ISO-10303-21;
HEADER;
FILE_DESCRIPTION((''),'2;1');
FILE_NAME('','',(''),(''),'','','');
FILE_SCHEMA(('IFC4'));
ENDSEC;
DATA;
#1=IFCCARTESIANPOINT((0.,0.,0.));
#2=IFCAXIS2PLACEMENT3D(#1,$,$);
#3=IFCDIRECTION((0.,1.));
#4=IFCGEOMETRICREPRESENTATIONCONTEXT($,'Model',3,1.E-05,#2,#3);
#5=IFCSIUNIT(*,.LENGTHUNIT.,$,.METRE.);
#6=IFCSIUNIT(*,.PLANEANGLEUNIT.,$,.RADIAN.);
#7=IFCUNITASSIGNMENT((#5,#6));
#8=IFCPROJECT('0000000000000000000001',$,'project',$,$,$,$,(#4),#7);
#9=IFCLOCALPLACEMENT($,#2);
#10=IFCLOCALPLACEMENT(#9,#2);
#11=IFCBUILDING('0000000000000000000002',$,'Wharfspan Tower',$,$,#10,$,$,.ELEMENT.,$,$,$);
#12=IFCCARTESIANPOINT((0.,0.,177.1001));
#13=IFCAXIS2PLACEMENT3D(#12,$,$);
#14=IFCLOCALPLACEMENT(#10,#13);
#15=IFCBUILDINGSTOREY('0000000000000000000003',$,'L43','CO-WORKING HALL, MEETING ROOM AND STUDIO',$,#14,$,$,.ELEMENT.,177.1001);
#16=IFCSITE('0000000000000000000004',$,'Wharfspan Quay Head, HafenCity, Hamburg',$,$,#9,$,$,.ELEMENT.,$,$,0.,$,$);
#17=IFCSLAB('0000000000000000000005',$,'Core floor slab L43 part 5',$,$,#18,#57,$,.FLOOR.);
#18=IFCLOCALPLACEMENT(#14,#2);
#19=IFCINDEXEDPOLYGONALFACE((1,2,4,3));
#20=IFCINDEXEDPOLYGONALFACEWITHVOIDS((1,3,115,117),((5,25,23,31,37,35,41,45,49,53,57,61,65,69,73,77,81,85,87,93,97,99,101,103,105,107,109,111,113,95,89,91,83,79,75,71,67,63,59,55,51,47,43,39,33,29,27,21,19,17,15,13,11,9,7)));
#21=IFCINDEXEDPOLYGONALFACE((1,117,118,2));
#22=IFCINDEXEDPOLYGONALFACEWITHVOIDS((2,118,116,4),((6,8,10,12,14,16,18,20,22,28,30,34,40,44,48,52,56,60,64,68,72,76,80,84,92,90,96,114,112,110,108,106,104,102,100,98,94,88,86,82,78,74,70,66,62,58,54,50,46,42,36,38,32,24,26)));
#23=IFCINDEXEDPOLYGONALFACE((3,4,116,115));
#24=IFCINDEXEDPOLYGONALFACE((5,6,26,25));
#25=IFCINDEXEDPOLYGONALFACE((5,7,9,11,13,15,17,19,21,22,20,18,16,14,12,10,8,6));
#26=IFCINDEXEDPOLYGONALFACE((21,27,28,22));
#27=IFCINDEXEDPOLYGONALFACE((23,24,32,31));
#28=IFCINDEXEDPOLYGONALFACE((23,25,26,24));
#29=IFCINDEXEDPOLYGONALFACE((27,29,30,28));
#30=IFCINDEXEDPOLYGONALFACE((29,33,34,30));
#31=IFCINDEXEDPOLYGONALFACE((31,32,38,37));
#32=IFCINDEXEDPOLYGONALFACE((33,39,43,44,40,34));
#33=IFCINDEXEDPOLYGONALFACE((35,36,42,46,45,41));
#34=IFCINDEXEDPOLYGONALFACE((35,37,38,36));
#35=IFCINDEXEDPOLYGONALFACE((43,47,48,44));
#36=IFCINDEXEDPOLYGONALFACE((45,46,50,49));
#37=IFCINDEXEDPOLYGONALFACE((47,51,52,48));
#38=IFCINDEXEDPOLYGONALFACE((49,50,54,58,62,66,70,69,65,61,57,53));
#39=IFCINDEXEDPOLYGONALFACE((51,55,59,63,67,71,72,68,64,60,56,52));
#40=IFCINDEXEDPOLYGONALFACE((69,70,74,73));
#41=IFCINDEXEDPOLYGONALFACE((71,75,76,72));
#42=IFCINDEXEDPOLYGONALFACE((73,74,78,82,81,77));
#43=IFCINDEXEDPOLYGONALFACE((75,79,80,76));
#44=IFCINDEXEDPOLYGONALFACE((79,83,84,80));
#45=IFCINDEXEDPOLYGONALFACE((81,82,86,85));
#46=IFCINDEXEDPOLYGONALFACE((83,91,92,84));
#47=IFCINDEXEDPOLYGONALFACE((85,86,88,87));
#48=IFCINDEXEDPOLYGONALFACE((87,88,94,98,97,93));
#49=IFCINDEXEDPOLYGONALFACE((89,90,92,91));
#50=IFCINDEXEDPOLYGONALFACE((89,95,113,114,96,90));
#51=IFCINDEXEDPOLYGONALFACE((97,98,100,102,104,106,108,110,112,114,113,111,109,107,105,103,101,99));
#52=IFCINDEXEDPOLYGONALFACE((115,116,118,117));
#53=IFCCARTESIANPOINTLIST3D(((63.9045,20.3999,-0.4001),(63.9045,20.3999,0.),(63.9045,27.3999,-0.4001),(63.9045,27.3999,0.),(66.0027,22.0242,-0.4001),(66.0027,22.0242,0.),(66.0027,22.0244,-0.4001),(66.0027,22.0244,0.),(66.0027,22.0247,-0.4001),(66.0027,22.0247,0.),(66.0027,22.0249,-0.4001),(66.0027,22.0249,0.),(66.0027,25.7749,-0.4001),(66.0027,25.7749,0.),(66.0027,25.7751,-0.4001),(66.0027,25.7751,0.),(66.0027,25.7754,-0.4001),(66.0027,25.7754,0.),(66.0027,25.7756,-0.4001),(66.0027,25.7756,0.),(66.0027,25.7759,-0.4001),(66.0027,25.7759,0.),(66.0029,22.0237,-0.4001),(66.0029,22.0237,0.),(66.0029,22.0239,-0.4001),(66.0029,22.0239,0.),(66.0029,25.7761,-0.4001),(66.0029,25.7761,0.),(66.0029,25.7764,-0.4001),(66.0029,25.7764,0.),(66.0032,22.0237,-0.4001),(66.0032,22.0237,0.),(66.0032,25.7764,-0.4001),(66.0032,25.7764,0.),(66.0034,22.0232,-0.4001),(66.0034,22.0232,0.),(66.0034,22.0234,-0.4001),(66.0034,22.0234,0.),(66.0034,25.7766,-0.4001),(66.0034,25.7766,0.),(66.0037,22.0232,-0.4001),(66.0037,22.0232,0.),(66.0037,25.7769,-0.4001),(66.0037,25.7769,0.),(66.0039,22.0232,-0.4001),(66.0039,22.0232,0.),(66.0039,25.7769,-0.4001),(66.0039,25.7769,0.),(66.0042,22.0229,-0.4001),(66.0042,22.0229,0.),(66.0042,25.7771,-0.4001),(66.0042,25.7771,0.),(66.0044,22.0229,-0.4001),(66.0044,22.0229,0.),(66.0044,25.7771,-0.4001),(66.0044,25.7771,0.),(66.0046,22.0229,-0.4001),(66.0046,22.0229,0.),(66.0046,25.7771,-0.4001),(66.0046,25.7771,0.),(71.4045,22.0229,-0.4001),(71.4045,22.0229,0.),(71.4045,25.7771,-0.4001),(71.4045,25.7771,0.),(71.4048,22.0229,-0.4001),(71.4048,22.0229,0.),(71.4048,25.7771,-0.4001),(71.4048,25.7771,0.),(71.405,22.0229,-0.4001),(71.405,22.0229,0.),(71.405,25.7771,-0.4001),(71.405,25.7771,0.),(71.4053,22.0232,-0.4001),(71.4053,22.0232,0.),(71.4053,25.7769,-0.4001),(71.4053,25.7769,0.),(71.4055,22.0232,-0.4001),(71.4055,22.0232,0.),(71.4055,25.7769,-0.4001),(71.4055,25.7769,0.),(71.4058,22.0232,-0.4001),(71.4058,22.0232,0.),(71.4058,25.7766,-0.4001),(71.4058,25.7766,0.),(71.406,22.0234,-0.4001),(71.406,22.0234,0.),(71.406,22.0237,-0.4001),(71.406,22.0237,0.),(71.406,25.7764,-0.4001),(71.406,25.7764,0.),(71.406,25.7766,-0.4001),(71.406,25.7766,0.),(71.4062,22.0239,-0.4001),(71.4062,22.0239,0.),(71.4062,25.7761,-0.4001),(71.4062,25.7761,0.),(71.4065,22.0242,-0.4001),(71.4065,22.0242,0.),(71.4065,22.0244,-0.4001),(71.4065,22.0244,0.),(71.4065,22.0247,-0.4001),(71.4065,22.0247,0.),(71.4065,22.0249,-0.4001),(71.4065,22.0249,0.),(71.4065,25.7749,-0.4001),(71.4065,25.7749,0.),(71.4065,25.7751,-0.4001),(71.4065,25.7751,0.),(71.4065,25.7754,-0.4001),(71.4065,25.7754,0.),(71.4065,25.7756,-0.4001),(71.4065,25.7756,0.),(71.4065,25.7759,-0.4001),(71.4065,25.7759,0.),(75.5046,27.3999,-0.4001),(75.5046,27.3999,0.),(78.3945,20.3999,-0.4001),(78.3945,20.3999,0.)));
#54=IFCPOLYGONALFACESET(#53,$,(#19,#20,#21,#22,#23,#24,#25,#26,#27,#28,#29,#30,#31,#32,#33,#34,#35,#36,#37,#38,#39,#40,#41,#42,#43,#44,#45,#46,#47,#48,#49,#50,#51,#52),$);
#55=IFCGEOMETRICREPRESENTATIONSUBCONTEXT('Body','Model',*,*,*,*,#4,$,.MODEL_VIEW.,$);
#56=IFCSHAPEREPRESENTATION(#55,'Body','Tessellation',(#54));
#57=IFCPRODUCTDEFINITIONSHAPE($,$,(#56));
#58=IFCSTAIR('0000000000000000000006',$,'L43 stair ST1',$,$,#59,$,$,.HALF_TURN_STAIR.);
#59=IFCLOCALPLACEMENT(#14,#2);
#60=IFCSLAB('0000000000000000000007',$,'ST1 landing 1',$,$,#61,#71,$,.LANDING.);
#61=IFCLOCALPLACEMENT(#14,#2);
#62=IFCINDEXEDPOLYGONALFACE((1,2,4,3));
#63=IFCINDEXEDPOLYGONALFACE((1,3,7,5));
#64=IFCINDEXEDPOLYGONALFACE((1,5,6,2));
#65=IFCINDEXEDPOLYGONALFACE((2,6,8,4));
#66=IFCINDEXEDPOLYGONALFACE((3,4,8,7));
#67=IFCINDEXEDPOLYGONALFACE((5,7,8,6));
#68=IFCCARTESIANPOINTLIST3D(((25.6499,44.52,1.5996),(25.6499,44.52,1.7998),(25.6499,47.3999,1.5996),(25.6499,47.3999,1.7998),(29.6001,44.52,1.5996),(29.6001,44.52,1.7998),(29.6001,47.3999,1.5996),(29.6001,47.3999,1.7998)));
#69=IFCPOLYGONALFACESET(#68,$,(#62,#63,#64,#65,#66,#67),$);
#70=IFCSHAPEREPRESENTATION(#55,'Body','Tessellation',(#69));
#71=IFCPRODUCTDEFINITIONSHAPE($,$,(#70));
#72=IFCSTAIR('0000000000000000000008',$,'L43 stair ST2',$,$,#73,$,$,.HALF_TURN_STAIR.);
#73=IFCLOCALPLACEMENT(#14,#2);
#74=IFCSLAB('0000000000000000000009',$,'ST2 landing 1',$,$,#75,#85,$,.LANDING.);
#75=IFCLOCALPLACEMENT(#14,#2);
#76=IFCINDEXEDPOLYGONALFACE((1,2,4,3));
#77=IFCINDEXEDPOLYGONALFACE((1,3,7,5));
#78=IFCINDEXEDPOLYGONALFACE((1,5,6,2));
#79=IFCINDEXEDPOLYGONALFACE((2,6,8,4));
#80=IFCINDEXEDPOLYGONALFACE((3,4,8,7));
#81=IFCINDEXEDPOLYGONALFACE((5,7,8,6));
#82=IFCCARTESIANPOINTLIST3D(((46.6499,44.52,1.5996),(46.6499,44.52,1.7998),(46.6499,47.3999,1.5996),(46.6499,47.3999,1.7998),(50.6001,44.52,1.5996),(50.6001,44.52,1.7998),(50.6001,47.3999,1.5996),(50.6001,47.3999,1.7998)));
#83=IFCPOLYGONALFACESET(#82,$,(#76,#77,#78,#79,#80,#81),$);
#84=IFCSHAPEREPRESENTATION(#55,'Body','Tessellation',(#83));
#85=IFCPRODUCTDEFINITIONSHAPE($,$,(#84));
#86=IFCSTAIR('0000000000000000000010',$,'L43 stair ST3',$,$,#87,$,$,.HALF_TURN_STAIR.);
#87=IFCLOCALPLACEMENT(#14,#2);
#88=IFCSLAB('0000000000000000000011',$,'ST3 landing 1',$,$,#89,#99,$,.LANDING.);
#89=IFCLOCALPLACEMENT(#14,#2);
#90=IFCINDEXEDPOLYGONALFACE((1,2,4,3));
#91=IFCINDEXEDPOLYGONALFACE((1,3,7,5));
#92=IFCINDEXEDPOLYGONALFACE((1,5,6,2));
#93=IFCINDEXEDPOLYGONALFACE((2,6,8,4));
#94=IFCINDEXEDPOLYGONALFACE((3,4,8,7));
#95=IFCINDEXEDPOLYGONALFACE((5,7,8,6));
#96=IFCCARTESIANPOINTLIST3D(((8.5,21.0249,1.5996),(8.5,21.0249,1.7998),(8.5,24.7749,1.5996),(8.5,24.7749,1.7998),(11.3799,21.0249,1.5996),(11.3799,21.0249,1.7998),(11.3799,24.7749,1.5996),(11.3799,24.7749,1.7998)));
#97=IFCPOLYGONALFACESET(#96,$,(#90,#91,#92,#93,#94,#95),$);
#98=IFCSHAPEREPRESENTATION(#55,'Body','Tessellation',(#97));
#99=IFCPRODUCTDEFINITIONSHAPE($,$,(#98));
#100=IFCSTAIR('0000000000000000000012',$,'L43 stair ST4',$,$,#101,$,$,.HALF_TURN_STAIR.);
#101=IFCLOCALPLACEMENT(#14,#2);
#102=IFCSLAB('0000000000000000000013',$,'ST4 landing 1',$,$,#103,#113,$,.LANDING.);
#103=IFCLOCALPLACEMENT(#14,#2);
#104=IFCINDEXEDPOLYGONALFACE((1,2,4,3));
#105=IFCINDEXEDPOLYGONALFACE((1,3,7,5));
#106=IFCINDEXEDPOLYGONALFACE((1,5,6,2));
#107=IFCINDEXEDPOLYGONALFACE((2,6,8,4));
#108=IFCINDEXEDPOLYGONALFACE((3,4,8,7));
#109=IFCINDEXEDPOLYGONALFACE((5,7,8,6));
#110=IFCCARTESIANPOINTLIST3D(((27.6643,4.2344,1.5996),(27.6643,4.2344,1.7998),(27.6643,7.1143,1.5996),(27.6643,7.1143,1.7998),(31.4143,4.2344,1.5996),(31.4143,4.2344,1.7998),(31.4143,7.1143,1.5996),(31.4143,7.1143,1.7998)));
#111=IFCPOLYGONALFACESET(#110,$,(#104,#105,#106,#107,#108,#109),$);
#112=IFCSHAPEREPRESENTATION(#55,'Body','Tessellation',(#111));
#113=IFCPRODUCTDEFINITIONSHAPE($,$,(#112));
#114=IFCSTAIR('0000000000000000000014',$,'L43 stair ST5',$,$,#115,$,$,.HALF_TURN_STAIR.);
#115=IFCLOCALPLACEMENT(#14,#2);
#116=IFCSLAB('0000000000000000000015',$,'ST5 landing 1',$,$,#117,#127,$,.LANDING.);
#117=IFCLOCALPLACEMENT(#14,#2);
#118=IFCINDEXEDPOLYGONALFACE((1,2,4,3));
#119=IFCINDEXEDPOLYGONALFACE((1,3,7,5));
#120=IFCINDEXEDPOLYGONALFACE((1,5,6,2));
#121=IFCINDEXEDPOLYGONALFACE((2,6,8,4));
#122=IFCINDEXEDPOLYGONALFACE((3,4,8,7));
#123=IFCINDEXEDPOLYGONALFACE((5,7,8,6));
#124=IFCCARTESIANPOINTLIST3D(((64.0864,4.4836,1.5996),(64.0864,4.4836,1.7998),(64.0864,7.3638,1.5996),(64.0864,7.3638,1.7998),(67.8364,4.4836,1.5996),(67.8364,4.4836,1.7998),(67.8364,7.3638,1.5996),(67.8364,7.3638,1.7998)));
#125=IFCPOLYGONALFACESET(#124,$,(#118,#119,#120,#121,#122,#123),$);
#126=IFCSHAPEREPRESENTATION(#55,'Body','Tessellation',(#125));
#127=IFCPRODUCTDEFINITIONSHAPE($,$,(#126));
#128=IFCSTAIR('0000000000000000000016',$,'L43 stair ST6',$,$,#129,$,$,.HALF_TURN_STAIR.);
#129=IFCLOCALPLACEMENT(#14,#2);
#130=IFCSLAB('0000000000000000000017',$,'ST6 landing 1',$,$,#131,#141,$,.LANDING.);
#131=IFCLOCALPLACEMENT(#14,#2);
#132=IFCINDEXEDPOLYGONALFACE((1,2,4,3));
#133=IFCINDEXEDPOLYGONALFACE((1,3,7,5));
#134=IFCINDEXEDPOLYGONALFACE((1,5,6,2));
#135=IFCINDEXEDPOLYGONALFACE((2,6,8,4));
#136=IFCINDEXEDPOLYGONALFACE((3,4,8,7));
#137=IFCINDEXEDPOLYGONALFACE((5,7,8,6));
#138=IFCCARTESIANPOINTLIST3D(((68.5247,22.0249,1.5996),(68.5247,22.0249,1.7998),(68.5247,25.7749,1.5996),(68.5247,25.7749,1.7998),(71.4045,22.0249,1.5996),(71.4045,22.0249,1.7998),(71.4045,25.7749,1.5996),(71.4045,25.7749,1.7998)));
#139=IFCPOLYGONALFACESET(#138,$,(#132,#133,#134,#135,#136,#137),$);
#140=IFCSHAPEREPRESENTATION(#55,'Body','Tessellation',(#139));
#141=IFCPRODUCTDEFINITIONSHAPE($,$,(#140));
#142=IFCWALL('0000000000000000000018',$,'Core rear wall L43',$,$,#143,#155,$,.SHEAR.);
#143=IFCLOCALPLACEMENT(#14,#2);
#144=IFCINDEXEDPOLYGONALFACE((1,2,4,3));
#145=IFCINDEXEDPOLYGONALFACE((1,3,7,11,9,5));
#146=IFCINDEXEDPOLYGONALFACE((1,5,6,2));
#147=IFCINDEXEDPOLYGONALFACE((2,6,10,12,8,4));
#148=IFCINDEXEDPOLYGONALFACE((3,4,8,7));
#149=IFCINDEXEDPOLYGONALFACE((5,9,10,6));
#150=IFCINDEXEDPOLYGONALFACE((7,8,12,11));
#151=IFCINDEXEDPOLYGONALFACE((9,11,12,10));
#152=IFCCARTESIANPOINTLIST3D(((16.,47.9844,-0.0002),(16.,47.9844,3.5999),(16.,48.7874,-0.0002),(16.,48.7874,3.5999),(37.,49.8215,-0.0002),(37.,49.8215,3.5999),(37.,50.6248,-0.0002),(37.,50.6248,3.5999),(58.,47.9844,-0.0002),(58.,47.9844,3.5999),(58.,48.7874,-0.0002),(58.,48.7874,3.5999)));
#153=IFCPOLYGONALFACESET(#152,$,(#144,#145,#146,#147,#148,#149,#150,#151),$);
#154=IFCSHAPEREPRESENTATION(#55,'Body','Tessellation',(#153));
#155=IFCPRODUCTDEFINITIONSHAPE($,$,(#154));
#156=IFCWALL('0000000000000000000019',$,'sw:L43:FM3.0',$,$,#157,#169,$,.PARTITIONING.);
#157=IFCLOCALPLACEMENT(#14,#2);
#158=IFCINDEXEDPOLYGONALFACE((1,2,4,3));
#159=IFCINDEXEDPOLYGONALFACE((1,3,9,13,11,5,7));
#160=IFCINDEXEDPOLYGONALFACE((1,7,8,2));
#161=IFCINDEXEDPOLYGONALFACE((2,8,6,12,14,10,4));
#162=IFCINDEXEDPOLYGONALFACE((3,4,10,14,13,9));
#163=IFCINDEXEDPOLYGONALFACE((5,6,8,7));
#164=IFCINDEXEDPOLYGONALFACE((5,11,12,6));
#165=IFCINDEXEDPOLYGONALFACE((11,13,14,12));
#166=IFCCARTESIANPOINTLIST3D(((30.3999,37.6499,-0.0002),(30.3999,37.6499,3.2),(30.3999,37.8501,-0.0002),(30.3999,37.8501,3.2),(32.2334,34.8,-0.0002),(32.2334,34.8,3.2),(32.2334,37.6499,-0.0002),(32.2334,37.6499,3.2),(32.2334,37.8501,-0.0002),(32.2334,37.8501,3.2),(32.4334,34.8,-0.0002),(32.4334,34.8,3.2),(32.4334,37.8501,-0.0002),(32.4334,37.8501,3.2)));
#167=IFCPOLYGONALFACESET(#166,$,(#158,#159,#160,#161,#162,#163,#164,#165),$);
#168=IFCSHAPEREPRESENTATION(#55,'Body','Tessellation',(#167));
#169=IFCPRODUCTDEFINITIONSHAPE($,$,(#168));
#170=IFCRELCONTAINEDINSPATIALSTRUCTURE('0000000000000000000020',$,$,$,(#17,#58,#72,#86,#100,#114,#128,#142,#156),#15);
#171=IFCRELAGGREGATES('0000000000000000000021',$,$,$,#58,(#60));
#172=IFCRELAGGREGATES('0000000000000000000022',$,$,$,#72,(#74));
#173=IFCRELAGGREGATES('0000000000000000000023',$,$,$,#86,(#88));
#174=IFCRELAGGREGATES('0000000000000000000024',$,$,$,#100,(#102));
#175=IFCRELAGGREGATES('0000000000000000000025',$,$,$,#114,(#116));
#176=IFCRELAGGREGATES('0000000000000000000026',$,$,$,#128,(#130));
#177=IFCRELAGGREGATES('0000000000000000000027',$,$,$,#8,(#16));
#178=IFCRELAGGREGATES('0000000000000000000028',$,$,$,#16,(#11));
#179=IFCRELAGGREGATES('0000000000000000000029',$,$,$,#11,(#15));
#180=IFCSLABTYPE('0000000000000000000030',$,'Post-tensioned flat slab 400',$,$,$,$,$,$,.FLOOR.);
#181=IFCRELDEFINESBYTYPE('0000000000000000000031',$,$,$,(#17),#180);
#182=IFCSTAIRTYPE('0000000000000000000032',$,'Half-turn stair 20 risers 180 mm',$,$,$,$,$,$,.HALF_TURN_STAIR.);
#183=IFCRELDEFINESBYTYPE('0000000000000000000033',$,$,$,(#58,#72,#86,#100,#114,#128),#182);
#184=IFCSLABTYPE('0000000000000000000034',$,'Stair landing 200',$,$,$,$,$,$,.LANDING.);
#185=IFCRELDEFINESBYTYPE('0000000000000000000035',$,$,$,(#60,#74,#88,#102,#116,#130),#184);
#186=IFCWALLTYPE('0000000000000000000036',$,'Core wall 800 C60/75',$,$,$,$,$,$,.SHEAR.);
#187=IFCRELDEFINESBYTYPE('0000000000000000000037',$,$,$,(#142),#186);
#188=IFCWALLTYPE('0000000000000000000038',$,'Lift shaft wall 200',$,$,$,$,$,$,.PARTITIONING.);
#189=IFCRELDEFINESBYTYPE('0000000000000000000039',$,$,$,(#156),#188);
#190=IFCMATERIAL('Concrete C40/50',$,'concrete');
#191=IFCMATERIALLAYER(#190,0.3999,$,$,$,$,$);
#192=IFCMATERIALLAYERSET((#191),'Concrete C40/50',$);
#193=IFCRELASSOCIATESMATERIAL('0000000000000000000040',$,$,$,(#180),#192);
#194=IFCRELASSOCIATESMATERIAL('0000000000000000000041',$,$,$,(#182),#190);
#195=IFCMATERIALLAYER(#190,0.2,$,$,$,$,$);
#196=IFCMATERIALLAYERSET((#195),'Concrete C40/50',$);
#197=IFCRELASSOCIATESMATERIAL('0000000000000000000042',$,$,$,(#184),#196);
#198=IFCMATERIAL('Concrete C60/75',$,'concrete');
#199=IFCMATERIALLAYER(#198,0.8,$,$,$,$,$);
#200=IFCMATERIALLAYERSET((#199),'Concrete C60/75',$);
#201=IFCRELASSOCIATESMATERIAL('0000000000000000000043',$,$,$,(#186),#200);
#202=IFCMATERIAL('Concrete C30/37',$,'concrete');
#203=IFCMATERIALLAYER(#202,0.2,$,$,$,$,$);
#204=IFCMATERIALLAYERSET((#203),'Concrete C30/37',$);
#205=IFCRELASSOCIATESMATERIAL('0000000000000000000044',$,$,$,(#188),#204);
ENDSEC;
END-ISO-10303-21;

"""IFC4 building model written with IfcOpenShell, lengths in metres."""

from ifc_helpers import new_model, si_unit, direction, frame, origin, place, context, subcontext, project, spatial, polyline, outline, extrude, material, layer, layer_set, type_object, element, aggregate, save


model = new_model("IFC4")

# Units and contexts
model_context = context("Model", 3, precision=1e-05, world=origin(), true_north=direction((0.0, 1.0)))
body_context = subcontext(model_context, "Body", "Model", "MODEL_VIEW")
ifc_project = project(units=[si_unit("LENGTHUNIT", "METRE"), si_unit("PLANEANGLEUNIT", "RADIAN")], contexts=[model_context])

# Site, building, storey
site_placement = place(None, origin())
site = spatial("IfcSite", under=ifc_project, at=site_placement, Name="Wharfspan Quay Head, HafenCity, Hamburg", CompositionType="ELEMENT", RefElevation=0.0)
building_placement = place(site_placement, origin())
building = spatial("IfcBuilding", under=site, at=building_placement, Name="Wharfspan Tower", CompositionType="ELEMENT")
storey_placement = place(building_placement, frame((0.0, 0.0, 177.1001)))
storey = spatial("IfcBuildingStorey", under=building, at=storey_placement, Name="L43", Description="CO-WORKING HALL, MEETING ROOM AND STUDIO", CompositionType="ELEMENT", Elevation=177.1001)

# Slab
ifc_material_1 = material(Name="Concrete C40/50", Category="concrete")
ifc_layer_1 = layer(ifc_material_1, 0.3999)
ifc_layer_set_1 = layer_set([ifc_layer_1], Name="Concrete C40/50")
slab_type_1 = type_object("IfcSlabType", Name="Post-tensioned flat slab 400", PredefinedType="FLOOR", material=ifc_layer_set_1)
slab_1_placement = place(storey_placement, frame((0.0, 0.0, -0.4001)))
element("IfcSlab", 1, at=slab_1_placement, inside=storey, type_object=slab_type_1, Name="Core floor slab L43 part 5", PredefinedType="FLOOR", context=body_context, shape_type="SweptSolid", body=[
    extrude(outline(polyline([(78.3945, 20.3999), (75.5046, 27.3999), (63.9045, 27.3999), (63.9045, 20.3999), (78.3945, 20.3999)]), holes=[polyline([(66.0046, 22.0229), (66.0044, 22.0229), (66.0041, 22.0229), (66.0039, 22.0232), (66.0039, 22.0232), (66.0037, 22.0232), (66.0034, 22.0232), (66.0034, 22.0234), (66.0032, 22.0237), (66.0029, 22.0237), (66.0029, 22.0239), (66.0027, 22.0242), (66.0027, 22.0242), (66.0027, 22.0244), (66.0027, 22.0247), (66.0027, 22.0249), (66.0027, 22.0249), (66.0027, 25.7749), (66.0027, 25.7751), (66.0027, 25.7754), (66.0027, 25.7756), (66.0027, 25.7759), (66.0027, 25.7759), (66.0029, 25.7761), (66.0029, 25.7764), (66.0032, 25.7764), (66.0034, 25.7766), (66.0034, 25.7766), (66.0037, 25.7769), (66.0039, 25.7769), (66.0039, 25.7769), (66.0041, 25.7771), (66.0044, 25.7771), (66.0046, 25.7771), (71.4045, 25.7771), (71.4048, 25.7771), (71.405, 25.7771), (71.4053, 25.7769), (71.4055, 25.7769), (71.4055, 25.7769), (71.4058, 25.7766), (71.406, 25.7766), (71.406, 25.7764), (71.406, 25.7764), (71.4062, 25.7761), (71.4065, 25.7759), (71.4065, 25.7759), (71.4065, 25.7756), (71.4065, 25.7754), (71.4065, 25.7751), (71.4065, 25.7749), (71.4065, 22.0249), (71.4065, 22.0249), (71.4065, 22.0247), (71.4065, 22.0244), (71.4065, 22.0242), (71.4065, 22.0242), (71.4062, 22.0239), (71.406, 22.0237), (71.406, 22.0237), (71.406, 22.0234), (71.4058, 22.0232), (71.4055, 22.0232), (71.4055, 22.0232), (71.4053, 22.0232), (71.405, 22.0229), (71.4048, 22.0229), (71.4045, 22.0229), (66.0046, 22.0229)])]), origin(), (0.0, 0.0, 1.0), 0.4001),
])

# Stairs, slabs
stair_type = type_object("IfcStairType", Name="Half-turn stair 20 risers 180 mm", PredefinedType="HALF_TURN_STAIR", material=ifc_material_1)
stair_1_placement = place(storey_placement, origin())
stair_1 = element("IfcStair", 2, at=stair_1_placement, inside=storey, type_object=stair_type, Name="L43 stair ST1", PredefinedType="HALF_TURN_STAIR")
ifc_layer_2 = layer(ifc_material_1, 0.2)
ifc_layer_set_2 = layer_set([ifc_layer_2], Name="Concrete C40/50")
slab_type_2 = type_object("IfcSlabType", Name="Stair landing 200", PredefinedType="LANDING", material=ifc_layer_set_2)
slab_2_placement = place(storey_placement, frame((0.0, 0.0, 1.5996)))
slab_2 = element("IfcSlab", 3, at=slab_2_placement, type_object=slab_type_2, Name="ST1 landing 1", PredefinedType="LANDING", context=body_context, shape_type="SweptSolid", body=[
    extrude(outline(polyline([(25.6499, 44.52), (29.6001, 44.52), (29.6001, 47.3999), (25.6499, 47.3999), (25.6499, 44.52)])), origin(), (0.0, 0.0, 1.0), 0.2002),
])
aggregate(stair_1, [slab_2])
stair_2_placement = place(storey_placement, origin())
stair_2 = element("IfcStair", 4, at=stair_2_placement, inside=storey, type_object=stair_type, Name="L43 stair ST2", PredefinedType="HALF_TURN_STAIR")
slab_3_placement = place(storey_placement, frame((0.0, 0.0, 1.5996)))
slab_3 = element("IfcSlab", 5, at=slab_3_placement, type_object=slab_type_2, Name="ST2 landing 1", PredefinedType="LANDING", context=body_context, shape_type="SweptSolid", body=[
    extrude(outline(polyline([(46.6499, 44.52), (50.6001, 44.52), (50.6001, 47.3999), (46.6499, 47.3999), (46.6499, 44.52)])), origin(), (0.0, 0.0, 1.0), 0.2002),
])
aggregate(stair_2, [slab_3])
stair_3_placement = place(storey_placement, origin())
stair_3 = element("IfcStair", 6, at=stair_3_placement, inside=storey, type_object=stair_type, Name="L43 stair ST3", PredefinedType="HALF_TURN_STAIR")
slab_4_placement = place(storey_placement, frame((0.0, 0.0, 1.5996)))
slab_4 = element("IfcSlab", 7, at=slab_4_placement, type_object=slab_type_2, Name="ST3 landing 1", PredefinedType="LANDING", context=body_context, shape_type="SweptSolid", body=[
    extrude(outline(polyline([(11.3799, 24.7749), (8.5, 24.7749), (8.5, 21.0249), (11.3799, 21.0249), (11.3799, 24.7749)])), origin(), (0.0, 0.0, 1.0), 0.2002),
])
aggregate(stair_3, [slab_4])
stair_4_placement = place(storey_placement, origin())
stair_4 = element("IfcStair", 8, at=stair_4_placement, inside=storey, type_object=stair_type, Name="L43 stair ST4", PredefinedType="HALF_TURN_STAIR")
slab_5_placement = place(storey_placement, frame((0.0, 0.0, 1.5996)))
slab_5 = element("IfcSlab", 9, at=slab_5_placement, type_object=slab_type_2, Name="ST4 landing 1", PredefinedType="LANDING", context=body_context, shape_type="SweptSolid", body=[
    extrude(outline(polyline([(27.6643, 7.1143), (27.6643, 4.2344), (31.4143, 4.2344), (31.4143, 7.1143), (27.6643, 7.1143)])), origin(), (0.0, 0.0, 1.0), 0.2002),
])
aggregate(stair_4, [slab_5])
stair_5_placement = place(storey_placement, origin())
stair_5 = element("IfcStair", 10, at=stair_5_placement, inside=storey, type_object=stair_type, Name="L43 stair ST5", PredefinedType="HALF_TURN_STAIR")
slab_6_placement = place(storey_placement, frame((0.0, 0.0, 1.5996)))
slab_6 = element("IfcSlab", 11, at=slab_6_placement, type_object=slab_type_2, Name="ST5 landing 1", PredefinedType="LANDING", context=body_context, shape_type="SweptSolid", body=[
    extrude(outline(polyline([(64.0864, 7.3638), (64.0864, 4.4836), (67.8364, 4.4836), (67.8364, 7.3638), (64.0864, 7.3638)])), origin(), (0.0, 0.0, 1.0), 0.2002),
])
aggregate(stair_5, [slab_6])
stair_6_placement = place(storey_placement, origin())
stair_6 = element("IfcStair", 12, at=stair_6_placement, inside=storey, type_object=stair_type, Name="L43 stair ST6", PredefinedType="HALF_TURN_STAIR")
slab_7_placement = place(storey_placement, frame((0.0, 0.0, 1.5996)))
slab_7 = element("IfcSlab", 13, at=slab_7_placement, type_object=slab_type_2, Name="ST6 landing 1", PredefinedType="LANDING", context=body_context, shape_type="SweptSolid", body=[
    extrude(outline(polyline([(68.5247, 22.0249), (71.4045, 22.0249), (71.4045, 25.7749), (68.5247, 25.7749), (68.5247, 22.0249)])), origin(), (0.0, 0.0, 1.0), 0.2002),
])
aggregate(stair_6, [slab_7])

# Walls
ifc_material_2 = material(Name="Concrete C60/75", Category="concrete")
ifc_layer_3 = layer(ifc_material_2, 0.8)
ifc_layer_set_3 = layer_set([ifc_layer_3], Name="Concrete C60/75")
wall_type_1 = type_object("IfcWallType", Name="Core wall 800 C60/75", PredefinedType="SHEAR", material=ifc_layer_set_3)
wall_1_placement = place(storey_placement, frame((0.0, 0.0, -0.0002)))
element("IfcWall", 14, at=wall_1_placement, inside=storey, type_object=wall_type_1, Name="Core rear wall L43", PredefinedType="SHEAR", context=body_context, shape_type="SweptSolid", body=[
    extrude(outline(polyline([(16.0, 47.9844), (37.0, 49.8215), (58.0, 47.9844), (58.0, 48.7874), (37.0, 50.6248), (16.0, 48.7874), (16.0, 47.9844)])), origin(), (0.0, 0.0, 1.0), 3.6001),
])
ifc_material_3 = material(Name="Concrete C30/37", Category="concrete")
ifc_layer_4 = layer(ifc_material_3, 0.2)
ifc_layer_set_4 = layer_set([ifc_layer_4], Name="Concrete C30/37")
wall_type_2 = type_object("IfcWallType", Name="Lift shaft wall 200", PredefinedType="PARTITIONING", material=ifc_layer_set_4)
wall_2_placement = place(storey_placement, frame((0.0, 0.0, -0.0002)))
element("IfcWall", 15, at=wall_2_placement, inside=storey, type_object=wall_type_2, Name="sw:L43:FM3.0", PredefinedType="PARTITIONING", context=body_context, shape_type="SweptSolid", body=[
    extrude(outline(polyline([(32.2334, 37.6499), (30.3999, 37.6499), (30.3999, 37.8501), (32.2334, 37.8501), (32.4333, 37.8501), (32.4333, 34.8), (32.2334, 34.8), (32.2334, 37.6499)])), origin(), (0.0, 0.0, 1.0), 3.2002),
])

save(model, "model.ifc")
